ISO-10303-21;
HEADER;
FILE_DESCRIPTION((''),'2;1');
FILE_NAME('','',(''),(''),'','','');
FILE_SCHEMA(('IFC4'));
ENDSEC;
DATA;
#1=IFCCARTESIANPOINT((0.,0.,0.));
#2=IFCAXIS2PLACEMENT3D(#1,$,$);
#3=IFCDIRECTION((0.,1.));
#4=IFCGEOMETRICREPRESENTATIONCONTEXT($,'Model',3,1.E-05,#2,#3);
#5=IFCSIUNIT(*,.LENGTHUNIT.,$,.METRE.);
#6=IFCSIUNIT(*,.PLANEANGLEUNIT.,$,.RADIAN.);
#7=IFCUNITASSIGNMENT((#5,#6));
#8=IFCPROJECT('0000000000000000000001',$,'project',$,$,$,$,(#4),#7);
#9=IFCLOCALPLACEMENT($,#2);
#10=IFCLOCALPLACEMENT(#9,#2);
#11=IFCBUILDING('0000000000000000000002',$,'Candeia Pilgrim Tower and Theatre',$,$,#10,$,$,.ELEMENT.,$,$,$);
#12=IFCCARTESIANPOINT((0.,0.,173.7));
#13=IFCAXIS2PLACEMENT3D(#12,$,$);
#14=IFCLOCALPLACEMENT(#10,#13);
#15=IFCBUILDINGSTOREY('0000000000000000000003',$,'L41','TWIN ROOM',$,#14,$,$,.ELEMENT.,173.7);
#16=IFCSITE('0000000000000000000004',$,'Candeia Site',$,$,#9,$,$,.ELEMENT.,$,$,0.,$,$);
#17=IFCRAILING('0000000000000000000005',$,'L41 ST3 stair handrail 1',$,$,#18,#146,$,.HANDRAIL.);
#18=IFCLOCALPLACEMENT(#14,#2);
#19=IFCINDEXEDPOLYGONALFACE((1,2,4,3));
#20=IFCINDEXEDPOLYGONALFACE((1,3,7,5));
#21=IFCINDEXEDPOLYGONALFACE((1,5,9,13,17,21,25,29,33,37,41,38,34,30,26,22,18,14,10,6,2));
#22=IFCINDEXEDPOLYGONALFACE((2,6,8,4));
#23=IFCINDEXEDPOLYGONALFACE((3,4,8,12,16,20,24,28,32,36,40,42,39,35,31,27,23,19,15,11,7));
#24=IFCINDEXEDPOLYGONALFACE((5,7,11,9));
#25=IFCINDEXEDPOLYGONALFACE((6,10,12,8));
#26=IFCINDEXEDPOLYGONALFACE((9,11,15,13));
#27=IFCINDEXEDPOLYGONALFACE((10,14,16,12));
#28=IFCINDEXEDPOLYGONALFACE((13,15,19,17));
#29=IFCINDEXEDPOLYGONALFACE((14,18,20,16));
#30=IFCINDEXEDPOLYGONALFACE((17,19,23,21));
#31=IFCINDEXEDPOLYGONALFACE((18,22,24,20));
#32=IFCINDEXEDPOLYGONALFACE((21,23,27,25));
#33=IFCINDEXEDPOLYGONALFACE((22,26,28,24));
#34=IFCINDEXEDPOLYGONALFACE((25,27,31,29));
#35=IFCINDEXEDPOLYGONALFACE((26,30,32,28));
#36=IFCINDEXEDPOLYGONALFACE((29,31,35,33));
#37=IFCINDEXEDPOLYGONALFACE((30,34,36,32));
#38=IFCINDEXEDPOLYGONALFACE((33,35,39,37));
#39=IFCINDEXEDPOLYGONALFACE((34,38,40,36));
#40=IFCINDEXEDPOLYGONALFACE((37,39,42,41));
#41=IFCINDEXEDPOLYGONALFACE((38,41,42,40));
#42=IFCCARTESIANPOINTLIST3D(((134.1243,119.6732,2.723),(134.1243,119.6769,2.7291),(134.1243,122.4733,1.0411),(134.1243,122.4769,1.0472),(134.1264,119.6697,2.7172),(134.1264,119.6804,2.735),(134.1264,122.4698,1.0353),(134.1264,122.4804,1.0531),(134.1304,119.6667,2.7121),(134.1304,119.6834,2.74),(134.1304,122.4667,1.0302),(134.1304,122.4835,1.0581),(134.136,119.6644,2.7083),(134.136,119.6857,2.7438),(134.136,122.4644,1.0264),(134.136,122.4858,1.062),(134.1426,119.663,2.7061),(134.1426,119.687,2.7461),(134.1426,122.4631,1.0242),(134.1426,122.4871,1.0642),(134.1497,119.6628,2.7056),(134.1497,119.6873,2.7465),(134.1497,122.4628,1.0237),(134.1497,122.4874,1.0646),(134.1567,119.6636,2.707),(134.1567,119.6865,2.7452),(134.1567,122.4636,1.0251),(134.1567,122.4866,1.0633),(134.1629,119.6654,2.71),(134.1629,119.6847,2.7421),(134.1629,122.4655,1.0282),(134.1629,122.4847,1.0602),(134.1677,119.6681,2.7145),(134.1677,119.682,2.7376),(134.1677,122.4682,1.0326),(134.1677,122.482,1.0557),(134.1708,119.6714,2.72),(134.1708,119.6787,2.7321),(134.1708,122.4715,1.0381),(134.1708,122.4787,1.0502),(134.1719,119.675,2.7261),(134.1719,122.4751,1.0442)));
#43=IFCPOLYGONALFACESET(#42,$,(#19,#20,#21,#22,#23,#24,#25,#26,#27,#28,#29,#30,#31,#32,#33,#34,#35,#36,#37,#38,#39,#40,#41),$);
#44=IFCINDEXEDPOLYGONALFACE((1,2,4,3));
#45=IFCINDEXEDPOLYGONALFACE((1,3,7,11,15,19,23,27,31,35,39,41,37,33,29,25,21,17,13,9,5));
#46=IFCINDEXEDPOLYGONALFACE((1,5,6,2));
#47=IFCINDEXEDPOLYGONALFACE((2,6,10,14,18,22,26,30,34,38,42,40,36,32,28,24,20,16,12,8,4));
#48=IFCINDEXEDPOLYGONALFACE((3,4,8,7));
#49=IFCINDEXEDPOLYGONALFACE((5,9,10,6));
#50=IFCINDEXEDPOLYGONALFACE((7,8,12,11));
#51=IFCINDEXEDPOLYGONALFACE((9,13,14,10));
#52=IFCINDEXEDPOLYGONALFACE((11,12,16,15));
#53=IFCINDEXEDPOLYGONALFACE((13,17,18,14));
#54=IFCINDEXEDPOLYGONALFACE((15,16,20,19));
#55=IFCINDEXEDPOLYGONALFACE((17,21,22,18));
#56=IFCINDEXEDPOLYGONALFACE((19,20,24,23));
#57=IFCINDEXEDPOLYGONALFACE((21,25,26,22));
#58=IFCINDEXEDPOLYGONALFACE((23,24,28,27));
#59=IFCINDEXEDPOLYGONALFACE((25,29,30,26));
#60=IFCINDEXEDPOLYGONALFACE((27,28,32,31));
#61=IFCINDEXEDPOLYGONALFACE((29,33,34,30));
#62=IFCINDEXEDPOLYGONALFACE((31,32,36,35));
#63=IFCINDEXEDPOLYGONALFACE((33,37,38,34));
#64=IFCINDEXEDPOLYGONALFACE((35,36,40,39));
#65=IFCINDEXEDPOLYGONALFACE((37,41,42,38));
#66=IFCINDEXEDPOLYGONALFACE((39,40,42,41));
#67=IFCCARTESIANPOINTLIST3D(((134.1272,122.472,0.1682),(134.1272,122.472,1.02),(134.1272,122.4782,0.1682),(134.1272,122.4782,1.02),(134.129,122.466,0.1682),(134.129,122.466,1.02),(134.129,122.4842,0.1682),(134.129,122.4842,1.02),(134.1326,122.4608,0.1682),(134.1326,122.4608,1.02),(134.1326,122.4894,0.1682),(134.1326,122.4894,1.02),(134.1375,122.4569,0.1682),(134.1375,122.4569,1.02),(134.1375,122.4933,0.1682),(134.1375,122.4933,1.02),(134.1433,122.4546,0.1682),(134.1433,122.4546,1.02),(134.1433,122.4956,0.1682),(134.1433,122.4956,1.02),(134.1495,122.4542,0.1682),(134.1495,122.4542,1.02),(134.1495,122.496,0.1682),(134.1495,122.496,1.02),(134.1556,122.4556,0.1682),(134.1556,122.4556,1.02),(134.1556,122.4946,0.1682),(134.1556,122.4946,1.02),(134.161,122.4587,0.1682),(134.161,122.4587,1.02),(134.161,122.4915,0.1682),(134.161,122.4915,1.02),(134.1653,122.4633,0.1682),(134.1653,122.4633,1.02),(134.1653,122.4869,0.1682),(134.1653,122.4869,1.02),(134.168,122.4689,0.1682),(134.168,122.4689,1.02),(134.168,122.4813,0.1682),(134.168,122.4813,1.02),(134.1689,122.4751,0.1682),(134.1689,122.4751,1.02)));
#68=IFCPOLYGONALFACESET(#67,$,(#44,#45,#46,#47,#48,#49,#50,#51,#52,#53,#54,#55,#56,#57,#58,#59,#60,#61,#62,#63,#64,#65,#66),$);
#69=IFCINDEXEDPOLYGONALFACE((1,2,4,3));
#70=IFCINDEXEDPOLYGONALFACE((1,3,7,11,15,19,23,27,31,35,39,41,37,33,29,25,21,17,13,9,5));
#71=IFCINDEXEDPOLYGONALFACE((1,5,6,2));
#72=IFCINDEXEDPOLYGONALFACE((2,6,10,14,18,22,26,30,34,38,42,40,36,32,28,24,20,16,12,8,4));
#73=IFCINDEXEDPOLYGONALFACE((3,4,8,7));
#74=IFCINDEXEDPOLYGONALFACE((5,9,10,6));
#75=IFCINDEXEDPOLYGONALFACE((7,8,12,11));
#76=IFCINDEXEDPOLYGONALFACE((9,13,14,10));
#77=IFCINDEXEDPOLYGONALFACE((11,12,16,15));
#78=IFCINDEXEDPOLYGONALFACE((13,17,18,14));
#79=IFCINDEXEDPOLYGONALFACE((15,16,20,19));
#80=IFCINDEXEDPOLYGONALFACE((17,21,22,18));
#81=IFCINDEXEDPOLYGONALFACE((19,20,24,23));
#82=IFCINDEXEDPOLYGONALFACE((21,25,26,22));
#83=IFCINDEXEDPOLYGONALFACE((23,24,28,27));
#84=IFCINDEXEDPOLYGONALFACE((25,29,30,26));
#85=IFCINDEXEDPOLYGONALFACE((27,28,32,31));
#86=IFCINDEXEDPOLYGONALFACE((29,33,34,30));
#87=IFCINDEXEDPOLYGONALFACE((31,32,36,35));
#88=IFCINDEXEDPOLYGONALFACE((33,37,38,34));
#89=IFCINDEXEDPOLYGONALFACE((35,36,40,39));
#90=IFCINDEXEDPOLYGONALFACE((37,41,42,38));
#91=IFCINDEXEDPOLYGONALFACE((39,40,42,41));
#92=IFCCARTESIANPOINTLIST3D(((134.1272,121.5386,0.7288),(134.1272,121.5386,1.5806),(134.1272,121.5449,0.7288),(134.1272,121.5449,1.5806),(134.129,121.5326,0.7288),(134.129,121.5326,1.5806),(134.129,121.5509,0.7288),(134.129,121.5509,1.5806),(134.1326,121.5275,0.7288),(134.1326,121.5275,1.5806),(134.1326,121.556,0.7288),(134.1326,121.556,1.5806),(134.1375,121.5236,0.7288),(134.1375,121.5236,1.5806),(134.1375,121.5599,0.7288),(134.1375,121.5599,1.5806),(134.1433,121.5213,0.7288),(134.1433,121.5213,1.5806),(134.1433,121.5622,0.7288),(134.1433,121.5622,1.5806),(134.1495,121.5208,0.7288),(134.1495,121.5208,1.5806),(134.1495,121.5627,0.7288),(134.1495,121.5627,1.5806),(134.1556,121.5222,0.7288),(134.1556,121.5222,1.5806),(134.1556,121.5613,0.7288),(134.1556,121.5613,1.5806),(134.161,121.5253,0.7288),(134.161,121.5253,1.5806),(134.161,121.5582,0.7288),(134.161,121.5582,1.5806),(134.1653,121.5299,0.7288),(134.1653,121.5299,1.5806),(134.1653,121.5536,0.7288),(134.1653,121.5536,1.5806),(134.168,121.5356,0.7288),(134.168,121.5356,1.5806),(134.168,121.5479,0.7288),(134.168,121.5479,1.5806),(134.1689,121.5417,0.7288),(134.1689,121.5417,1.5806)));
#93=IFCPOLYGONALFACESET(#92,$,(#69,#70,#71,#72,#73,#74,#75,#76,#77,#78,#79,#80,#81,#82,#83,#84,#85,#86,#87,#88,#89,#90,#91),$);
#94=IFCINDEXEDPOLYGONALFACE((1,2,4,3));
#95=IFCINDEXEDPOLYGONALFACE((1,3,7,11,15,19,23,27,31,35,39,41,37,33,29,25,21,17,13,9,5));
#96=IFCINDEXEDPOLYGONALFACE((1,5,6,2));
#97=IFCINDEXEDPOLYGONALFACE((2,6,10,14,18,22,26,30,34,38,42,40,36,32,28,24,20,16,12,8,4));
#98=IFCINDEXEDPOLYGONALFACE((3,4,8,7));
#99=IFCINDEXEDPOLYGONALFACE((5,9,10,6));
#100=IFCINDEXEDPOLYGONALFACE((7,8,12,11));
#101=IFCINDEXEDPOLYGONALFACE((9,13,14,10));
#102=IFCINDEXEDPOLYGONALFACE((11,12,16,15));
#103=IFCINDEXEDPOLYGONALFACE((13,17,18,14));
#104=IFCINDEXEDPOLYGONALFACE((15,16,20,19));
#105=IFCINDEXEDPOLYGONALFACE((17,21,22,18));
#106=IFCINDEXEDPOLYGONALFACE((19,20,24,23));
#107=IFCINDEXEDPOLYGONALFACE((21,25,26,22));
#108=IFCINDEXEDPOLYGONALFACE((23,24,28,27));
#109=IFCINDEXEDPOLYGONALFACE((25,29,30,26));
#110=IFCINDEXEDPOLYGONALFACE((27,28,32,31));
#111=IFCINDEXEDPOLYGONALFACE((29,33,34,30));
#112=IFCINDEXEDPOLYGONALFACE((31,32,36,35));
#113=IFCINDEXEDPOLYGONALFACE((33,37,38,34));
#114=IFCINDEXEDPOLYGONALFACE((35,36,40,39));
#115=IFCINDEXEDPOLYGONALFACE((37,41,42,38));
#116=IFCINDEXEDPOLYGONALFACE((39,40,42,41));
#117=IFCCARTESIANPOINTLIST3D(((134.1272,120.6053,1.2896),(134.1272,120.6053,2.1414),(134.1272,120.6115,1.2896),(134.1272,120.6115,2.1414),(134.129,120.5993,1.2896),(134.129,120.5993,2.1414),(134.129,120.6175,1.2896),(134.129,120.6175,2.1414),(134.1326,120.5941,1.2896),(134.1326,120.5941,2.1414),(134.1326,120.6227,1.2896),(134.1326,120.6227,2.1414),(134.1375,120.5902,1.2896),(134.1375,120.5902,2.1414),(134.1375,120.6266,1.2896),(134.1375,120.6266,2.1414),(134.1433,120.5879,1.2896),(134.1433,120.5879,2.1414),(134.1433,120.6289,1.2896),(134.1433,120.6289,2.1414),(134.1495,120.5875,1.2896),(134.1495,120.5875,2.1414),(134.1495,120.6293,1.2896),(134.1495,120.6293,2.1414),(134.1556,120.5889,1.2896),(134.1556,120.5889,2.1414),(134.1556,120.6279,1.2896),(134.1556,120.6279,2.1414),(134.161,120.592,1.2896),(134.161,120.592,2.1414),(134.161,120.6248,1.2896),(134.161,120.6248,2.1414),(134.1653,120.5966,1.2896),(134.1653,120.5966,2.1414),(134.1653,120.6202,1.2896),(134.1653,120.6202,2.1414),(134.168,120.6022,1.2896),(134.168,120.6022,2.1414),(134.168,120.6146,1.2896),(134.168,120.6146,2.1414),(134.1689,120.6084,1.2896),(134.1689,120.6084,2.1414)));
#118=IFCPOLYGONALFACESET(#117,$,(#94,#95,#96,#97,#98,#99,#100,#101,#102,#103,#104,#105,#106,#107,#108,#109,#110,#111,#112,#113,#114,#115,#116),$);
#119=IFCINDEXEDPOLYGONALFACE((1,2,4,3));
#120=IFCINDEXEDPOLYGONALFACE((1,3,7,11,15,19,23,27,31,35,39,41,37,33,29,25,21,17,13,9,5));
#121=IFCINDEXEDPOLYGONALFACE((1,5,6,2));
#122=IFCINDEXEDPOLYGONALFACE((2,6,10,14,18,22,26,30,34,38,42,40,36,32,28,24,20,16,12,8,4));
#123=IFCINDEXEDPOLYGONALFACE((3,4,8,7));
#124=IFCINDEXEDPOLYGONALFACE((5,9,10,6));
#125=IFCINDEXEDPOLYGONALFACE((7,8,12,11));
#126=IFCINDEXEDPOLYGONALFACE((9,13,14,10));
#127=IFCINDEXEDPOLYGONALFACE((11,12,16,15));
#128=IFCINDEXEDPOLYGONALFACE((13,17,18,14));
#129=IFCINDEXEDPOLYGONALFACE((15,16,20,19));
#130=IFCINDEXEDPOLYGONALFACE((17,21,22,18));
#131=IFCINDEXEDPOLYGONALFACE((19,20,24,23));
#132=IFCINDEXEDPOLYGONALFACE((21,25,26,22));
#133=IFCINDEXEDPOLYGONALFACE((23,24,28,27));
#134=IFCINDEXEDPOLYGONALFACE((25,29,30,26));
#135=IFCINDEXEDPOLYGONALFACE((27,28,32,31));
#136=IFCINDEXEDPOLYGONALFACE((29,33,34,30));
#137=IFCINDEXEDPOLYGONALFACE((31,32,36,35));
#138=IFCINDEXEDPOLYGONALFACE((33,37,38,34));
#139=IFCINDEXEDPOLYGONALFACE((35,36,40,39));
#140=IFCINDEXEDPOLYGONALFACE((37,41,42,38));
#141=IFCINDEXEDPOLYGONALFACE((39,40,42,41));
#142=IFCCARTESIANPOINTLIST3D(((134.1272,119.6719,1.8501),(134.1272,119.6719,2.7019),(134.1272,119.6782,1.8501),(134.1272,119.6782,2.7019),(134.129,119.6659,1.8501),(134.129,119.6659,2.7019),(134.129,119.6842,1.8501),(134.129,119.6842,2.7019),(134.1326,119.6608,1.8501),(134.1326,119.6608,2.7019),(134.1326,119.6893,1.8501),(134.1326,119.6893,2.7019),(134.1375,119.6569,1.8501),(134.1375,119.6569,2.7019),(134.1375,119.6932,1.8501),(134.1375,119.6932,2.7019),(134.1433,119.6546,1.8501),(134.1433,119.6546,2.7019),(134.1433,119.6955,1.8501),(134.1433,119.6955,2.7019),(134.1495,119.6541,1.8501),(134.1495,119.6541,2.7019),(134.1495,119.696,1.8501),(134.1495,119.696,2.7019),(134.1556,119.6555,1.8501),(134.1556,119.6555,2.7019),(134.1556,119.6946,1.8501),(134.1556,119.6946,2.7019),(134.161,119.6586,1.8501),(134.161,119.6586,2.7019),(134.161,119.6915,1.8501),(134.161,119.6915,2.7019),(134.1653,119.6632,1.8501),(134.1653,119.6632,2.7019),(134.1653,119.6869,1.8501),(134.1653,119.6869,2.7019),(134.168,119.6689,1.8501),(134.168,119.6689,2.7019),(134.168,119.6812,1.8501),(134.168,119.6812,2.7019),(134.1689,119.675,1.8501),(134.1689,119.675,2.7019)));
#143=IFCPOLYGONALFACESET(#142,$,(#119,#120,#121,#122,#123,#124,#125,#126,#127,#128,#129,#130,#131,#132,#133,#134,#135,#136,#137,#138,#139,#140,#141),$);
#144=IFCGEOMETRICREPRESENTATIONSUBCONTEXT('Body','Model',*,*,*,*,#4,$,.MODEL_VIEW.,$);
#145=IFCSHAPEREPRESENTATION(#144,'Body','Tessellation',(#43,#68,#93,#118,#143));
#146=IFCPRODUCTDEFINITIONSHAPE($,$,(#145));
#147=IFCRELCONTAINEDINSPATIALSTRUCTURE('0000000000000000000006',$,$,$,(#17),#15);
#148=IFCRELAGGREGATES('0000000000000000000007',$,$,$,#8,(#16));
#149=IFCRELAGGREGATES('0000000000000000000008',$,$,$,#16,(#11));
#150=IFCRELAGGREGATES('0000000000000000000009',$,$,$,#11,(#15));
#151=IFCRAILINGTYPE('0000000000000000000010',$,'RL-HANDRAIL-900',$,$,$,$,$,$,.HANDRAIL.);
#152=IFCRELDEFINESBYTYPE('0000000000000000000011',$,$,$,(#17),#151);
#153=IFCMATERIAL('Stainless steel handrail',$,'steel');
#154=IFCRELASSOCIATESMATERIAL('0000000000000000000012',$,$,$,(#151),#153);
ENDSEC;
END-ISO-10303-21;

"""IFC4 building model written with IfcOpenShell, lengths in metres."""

from ifc_helpers import new_model, si_unit, direction, frame, origin, origin_2d, place, context, subcontext, project, spatial, circle, extrude, material, type_object, element, save


model = new_model("IFC4")

# Units and contexts
model_context = context("Model", 3, precision=1e-05, world=origin(), true_north=direction((0.0, 1.0)))
body_context = subcontext(model_context, "Body", "Model", "MODEL_VIEW")
ifc_project = project(units=[si_unit("LENGTHUNIT", "METRE"), si_unit("PLANEANGLEUNIT", "RADIAN")], contexts=[model_context])

# Site, building, storey
site_placement = place(None, origin())
site = spatial("IfcSite", under=ifc_project, at=site_placement, Name="Candeia Site", CompositionType="ELEMENT", RefElevation=0.0)
building_placement = place(site_placement, origin())
building = spatial("IfcBuilding", under=site, at=building_placement, Name="Candeia Pilgrim Tower and Theatre", CompositionType="ELEMENT")
storey_placement = place(building_placement, frame((0.0, 0.0, 173.7)))
storey = spatial("IfcBuildingStorey", under=building, at=storey_placement, Name="L41", Description="TWIN ROOM", CompositionType="ELEMENT", Elevation=173.7)

# Railing
ifc_material_1 = material(Name="Stainless steel handrail", Category="steel")
railing_type_1 = type_object("IfcRailingType", Name="RL-HANDRAIL-900", PredefinedType="HANDRAIL", material=ifc_material_1)
railing_1_placement = place(storey_placement, frame((134.1479, 122.4751, 0.1682)))
element("IfcRailing", 1, at=railing_1_placement, inside=storey, type_object=railing_type_1, Name="L41 ST3 stair handrail 1", PredefinedType="HANDRAIL", context=body_context, shape_type="SweptSolid", body=[
    extrude(circle(Radius=0.0239, at=origin_2d()), frame((0.0, 0.0, 0.876), z_axis=(0.0, -0.857242, 0.514913), x_axis=(1.0, 0.0, 0.0)), (0.0, 0.0, 1.0), 3.2664),
    extrude(circle(Radius=0.021, at=origin_2d()), origin(), (0.0, 0.0, 1.0), 0.8518),
    extrude(circle(Radius=0.021, at=origin_2d()), frame((0.0, -0.9333, 0.5605)), (0.0, 0.0, 1.0), 0.8518),
    extrude(circle(Radius=0.021, at=origin_2d()), frame((0.0, -1.8667, 1.1213)), (0.0, 0.0, 1.0), 0.8518),
    extrude(circle(Radius=0.021, at=origin_2d()), frame((0.0, -2.8, 1.6819)), (0.0, 0.0, 1.0), 0.8518),
])

save(model, "model.ifc")
